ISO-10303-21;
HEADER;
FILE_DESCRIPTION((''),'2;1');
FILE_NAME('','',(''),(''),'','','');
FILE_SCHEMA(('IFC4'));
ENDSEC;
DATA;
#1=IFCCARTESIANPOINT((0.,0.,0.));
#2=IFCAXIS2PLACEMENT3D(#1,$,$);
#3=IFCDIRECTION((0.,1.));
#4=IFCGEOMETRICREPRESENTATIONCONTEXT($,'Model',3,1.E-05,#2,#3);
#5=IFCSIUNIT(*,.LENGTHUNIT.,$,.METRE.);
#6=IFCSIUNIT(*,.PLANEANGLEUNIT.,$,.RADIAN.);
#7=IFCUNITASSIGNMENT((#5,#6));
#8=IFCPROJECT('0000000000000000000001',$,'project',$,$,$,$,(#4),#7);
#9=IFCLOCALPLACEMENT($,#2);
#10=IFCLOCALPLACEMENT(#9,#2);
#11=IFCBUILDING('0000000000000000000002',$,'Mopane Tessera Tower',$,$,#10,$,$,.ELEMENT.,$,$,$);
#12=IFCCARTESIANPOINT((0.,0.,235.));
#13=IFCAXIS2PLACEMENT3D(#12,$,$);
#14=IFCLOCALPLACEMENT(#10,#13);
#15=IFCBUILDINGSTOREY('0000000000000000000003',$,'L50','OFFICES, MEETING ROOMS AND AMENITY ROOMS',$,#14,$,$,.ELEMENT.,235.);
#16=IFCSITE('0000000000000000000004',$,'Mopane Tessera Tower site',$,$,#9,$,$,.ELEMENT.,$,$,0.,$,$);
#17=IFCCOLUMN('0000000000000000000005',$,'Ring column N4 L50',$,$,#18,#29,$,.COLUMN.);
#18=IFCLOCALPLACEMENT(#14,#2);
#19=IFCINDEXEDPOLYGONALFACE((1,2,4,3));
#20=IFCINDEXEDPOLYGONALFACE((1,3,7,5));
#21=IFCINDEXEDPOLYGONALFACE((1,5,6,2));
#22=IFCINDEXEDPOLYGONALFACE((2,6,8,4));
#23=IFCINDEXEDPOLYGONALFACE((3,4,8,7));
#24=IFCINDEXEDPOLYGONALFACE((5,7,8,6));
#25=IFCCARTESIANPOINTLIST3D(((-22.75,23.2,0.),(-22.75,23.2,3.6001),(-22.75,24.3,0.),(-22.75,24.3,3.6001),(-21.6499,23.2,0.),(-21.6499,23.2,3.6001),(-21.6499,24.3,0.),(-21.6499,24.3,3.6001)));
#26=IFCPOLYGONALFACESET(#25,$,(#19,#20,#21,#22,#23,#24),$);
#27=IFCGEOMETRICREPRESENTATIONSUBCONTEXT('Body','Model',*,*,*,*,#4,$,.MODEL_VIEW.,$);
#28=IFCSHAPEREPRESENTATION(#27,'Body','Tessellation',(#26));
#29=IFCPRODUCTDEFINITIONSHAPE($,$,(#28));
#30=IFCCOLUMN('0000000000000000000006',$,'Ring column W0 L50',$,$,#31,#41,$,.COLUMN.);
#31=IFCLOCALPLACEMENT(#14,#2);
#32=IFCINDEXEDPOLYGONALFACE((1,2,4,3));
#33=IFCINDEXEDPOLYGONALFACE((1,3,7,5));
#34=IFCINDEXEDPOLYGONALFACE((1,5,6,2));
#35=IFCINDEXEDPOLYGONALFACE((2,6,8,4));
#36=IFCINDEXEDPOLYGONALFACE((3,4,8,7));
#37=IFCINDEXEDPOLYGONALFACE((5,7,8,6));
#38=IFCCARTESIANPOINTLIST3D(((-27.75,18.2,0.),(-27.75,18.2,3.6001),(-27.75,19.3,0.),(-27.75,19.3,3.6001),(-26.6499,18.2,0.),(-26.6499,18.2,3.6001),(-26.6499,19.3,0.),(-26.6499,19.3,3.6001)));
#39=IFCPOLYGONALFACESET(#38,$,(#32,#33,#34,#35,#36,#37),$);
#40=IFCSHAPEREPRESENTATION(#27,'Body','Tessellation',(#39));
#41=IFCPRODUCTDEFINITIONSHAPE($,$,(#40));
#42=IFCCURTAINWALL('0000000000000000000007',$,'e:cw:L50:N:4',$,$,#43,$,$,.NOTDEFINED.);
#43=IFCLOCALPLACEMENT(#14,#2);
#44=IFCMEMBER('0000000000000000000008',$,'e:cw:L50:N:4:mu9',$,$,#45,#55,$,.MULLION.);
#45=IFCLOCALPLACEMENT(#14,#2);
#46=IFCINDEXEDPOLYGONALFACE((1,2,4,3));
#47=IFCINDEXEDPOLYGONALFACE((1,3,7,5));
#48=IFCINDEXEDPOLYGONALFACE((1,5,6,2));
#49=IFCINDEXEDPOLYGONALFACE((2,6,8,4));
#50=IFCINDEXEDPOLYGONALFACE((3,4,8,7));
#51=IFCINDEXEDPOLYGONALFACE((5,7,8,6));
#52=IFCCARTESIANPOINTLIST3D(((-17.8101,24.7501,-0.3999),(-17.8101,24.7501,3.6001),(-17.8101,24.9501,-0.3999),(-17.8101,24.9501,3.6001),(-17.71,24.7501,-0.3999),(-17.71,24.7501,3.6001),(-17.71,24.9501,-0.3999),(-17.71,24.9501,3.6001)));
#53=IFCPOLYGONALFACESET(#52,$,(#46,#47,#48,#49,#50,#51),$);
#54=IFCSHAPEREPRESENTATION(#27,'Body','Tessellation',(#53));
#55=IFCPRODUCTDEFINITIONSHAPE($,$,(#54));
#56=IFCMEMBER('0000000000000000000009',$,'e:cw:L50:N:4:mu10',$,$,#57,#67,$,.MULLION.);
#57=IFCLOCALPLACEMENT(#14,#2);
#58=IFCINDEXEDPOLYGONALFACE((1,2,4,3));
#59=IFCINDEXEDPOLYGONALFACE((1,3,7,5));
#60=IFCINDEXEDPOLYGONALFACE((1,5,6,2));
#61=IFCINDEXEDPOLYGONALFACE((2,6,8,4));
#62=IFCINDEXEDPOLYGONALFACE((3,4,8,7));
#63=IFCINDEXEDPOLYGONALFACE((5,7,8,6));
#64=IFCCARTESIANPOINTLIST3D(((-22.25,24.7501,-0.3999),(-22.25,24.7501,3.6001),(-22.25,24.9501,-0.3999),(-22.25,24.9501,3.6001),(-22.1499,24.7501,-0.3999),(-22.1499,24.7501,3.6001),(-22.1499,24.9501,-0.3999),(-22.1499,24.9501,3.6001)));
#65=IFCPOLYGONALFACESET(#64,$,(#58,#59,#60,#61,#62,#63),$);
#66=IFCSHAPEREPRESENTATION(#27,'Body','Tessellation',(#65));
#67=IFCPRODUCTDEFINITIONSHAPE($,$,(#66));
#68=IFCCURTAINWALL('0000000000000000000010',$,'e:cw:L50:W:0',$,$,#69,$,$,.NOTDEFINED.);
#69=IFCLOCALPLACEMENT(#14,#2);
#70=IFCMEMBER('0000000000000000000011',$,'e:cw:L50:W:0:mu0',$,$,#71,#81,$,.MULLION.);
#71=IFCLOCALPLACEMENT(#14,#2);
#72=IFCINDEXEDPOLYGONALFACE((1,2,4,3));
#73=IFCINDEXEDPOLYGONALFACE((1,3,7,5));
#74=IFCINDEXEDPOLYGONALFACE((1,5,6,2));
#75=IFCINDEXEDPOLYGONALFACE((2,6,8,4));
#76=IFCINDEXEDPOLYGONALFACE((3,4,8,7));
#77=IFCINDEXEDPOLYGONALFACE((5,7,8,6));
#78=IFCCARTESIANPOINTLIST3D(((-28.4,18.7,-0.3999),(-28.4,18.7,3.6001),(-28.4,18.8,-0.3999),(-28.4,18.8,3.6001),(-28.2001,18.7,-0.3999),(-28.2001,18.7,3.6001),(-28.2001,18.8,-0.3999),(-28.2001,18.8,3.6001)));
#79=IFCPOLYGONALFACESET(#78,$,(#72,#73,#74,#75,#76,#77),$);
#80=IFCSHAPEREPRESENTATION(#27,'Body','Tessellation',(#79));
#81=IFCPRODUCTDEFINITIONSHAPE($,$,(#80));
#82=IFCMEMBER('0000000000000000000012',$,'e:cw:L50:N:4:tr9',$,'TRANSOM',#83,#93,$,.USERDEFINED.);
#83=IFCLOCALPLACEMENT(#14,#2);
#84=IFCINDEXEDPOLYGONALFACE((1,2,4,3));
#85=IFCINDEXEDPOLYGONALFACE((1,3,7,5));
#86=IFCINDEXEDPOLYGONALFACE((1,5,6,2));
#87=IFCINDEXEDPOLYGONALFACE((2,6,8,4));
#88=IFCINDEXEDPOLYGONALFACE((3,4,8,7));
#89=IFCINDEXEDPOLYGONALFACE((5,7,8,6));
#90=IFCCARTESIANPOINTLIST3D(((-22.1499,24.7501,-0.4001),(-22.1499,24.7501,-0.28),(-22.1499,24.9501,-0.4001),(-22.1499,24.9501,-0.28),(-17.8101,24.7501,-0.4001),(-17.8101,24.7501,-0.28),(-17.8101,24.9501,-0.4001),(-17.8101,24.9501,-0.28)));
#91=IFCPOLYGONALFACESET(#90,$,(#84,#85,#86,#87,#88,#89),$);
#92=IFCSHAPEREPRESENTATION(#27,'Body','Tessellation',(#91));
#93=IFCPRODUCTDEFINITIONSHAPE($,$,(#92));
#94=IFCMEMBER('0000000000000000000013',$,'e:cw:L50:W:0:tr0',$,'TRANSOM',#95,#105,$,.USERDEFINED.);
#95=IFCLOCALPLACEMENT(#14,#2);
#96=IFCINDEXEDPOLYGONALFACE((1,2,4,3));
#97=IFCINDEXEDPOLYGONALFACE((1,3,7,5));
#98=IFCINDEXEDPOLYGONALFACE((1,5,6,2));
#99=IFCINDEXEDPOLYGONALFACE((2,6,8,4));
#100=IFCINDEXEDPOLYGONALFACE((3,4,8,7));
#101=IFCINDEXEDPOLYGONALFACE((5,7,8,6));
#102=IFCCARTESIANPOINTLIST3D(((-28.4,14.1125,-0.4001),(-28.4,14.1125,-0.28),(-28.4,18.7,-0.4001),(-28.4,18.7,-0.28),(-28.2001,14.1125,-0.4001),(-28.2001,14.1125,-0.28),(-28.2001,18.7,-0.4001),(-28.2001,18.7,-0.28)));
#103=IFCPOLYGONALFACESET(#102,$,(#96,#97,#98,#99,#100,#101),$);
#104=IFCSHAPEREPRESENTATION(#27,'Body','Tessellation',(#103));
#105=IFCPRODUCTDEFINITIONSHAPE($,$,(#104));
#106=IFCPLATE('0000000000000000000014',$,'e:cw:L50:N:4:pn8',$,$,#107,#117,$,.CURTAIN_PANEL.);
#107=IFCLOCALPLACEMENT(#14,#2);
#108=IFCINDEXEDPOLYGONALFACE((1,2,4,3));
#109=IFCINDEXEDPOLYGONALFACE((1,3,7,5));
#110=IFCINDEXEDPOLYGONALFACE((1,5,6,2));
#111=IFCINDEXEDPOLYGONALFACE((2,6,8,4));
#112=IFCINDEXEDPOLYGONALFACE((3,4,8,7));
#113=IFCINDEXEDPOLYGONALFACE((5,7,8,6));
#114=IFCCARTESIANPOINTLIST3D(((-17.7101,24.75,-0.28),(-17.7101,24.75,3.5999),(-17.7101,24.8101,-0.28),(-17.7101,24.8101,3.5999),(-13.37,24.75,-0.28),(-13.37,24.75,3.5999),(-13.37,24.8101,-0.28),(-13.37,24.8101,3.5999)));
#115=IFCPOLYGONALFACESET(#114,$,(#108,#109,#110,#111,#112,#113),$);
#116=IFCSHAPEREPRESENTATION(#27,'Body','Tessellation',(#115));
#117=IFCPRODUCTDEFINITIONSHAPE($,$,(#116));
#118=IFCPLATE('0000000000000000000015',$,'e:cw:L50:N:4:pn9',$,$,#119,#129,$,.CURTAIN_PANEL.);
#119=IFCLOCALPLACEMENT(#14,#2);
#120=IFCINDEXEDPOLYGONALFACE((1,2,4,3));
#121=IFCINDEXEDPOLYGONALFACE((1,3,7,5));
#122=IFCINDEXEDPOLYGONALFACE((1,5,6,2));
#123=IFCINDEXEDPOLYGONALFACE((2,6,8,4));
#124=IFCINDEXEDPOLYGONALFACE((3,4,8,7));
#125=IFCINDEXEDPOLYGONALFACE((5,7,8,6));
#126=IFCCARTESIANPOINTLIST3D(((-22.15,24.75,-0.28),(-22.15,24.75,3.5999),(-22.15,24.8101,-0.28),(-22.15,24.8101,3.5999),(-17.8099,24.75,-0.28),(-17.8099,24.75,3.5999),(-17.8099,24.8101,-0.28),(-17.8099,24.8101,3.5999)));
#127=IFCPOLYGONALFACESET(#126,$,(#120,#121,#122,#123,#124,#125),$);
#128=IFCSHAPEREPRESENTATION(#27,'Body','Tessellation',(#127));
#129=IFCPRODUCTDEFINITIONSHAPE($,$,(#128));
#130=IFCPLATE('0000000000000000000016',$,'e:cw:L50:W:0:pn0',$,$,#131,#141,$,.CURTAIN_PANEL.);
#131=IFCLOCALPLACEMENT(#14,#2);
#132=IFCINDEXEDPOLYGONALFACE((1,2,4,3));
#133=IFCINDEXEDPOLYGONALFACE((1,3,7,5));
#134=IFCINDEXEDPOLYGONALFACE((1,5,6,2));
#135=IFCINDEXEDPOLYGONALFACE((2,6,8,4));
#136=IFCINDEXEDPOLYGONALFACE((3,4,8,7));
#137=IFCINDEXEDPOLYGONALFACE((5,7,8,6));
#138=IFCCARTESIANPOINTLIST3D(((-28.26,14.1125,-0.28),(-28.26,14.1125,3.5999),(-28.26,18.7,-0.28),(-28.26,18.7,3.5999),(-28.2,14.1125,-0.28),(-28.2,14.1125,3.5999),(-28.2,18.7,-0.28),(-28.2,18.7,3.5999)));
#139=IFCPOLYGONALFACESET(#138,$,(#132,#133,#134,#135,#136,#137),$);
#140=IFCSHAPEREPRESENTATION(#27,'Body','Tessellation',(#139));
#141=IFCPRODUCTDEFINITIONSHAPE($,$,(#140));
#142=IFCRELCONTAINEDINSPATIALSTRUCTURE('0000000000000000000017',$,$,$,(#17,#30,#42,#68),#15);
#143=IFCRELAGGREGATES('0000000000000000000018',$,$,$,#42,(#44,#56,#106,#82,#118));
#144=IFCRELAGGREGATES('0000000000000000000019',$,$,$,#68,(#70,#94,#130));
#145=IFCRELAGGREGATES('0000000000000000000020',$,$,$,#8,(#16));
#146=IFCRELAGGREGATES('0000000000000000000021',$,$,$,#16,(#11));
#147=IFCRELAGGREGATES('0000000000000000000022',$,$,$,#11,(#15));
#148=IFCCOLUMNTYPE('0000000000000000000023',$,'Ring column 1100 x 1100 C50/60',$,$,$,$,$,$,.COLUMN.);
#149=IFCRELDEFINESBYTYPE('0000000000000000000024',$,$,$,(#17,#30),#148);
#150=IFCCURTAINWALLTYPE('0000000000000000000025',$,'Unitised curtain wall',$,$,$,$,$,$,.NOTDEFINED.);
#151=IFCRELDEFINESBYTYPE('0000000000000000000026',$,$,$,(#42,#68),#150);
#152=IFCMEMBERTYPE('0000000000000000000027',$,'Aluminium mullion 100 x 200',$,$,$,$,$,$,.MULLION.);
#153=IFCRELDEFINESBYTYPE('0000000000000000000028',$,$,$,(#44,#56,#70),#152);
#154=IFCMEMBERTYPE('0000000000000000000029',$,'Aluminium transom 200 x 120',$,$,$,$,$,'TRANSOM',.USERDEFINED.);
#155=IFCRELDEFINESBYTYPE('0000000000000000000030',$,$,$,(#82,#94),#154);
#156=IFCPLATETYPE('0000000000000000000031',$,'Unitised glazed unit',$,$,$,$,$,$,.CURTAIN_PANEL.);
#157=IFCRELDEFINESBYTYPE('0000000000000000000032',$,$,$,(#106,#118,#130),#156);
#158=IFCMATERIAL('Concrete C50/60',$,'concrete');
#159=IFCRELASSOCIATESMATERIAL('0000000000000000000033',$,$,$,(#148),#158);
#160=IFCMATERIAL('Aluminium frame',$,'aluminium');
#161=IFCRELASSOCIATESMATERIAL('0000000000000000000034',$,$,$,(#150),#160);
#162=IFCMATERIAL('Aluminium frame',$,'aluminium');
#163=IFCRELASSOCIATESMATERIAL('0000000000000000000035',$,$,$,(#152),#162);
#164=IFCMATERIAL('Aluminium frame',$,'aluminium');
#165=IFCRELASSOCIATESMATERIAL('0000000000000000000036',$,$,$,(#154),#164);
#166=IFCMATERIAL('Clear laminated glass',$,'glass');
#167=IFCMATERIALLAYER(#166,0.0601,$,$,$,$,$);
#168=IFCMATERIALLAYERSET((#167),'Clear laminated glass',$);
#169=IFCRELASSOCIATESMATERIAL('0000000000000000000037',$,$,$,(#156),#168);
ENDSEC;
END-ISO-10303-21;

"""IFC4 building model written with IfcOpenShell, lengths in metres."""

from ifc_helpers import new_model, si_unit, direction, frame, origin, origin_2d, place, context, subcontext, project, spatial, rectangle, extrude, material, layer, layer_set, material_profile, profile_set, type_object, element, aggregate, save


model = new_model("IFC4")

# Units and contexts
model_context = context("Model", 3, precision=1e-05, world=origin(), true_north=direction((0.0, 1.0)))
body_context = subcontext(model_context, "Body", "Model", "MODEL_VIEW")
ifc_project = project(units=[si_unit("LENGTHUNIT", "METRE"), si_unit("PLANEANGLEUNIT", "RADIAN")], contexts=[model_context])

# Site, building, storey
site_placement = place(None, origin())
site = spatial("IfcSite", under=ifc_project, at=site_placement, Name="Mopane Tessera Tower site", CompositionType="ELEMENT", RefElevation=0.0)
building_placement = place(site_placement, origin())
building = spatial("IfcBuilding", under=site, at=building_placement, Name="Mopane Tessera Tower", CompositionType="ELEMENT")
storey_placement = place(building_placement, frame((0.0, 0.0, 235.0)))
storey = spatial("IfcBuildingStorey", under=building, at=storey_placement, Name="L50", Description="OFFICES, MEETING ROOMS AND AMENITY ROOMS", CompositionType="ELEMENT", Elevation=235.0)

# Columns
ifc_material_1 = material(Name="Concrete C50/60", Category="concrete")
ifc_material_profile_1 = material_profile(ifc_material_1, rectangle(XDim=1.1001, YDim=1.1001, at=origin_2d()))
ifc_profile_set_1 = profile_set([ifc_material_profile_1], Name="Concrete C50/60")
column_type = type_object("IfcColumnType", Name="Ring column 1100 x 1100 C50/60", PredefinedType="COLUMN", material=ifc_profile_set_1)
for number, where, z_axis, x_axis, name in (
    (1, (-22.2, 23.75, 0.0), (0.0, 0.0, 1.0), (1.0, 0.0, 0.0), "Ring column N4 L50"),
    (2, (-27.2, 18.75, 0.0), (0.0, 0.0, 1.0), (1.0, 0.0, 0.0), "Ring column W0 L50"),
):
    element("IfcColumn", number, at=place(storey_placement, frame(where, z_axis=z_axis, x_axis=x_axis)), inside=storey, type_object=column_type, Name=name, PredefinedType="COLUMN", context=body_context, shape_type="SweptSolid", body=[
        extrude(rectangle(XDim=1.1001, YDim=1.1001, at=origin_2d()), origin(), (0.0, 0.0, 1.0), 3.6001),
    ])

# Curtain wall, members
ifc_material_2 = material(Name="Aluminium frame", Category="aluminium")
curtain_wall_type = type_object("IfcCurtainWallType", Name="Unitised curtain wall", PredefinedType="NOTDEFINED", material=ifc_material_2)
curtain_wall_1_placement = place(storey_placement, origin())
curtain_wall_1 = element("IfcCurtainWall", 3, at=curtain_wall_1_placement, inside=storey, type_object=curtain_wall_type, Name="e:cw:L50:N:4", PredefinedType="NOTDEFINED")
ifc_material_3 = material(Name="Aluminium frame", Category="aluminium")
ifc_material_profile_2 = material_profile(ifc_material_3, rectangle(XDim=0.1001, YDim=0.2, at=origin_2d()))
ifc_profile_set_2 = profile_set([ifc_material_profile_2], Name="Aluminium frame")
member_type_1 = type_object("IfcMemberType", Name="Aluminium mullion 100 x 200", PredefinedType="MULLION", material=ifc_profile_set_2)
member_1_placement = place(storey_placement, frame((-17.76, 24.8501, -0.3999), z_axis=(0.0, 0.0, 1.0), x_axis=(-1.0, 0.0, 0.0)))
member_1 = element("IfcMember", 4, at=member_1_placement, type_object=member_type_1, Name="e:cw:L50:N:4:mu9", PredefinedType="MULLION", context=body_context, shape_type="SweptSolid", body=[
    extrude(rectangle(XDim=0.1001, YDim=0.2, at=origin_2d()), origin(), (0.0, 0.0, 1.0), 4.0),
])
member_2_placement = place(storey_placement, frame((-22.2, 24.8501, -0.3999), z_axis=(0.0, 0.0, 1.0), x_axis=(-1.0, 0.0, 0.0)))
member_2 = element("IfcMember", 5, at=member_2_placement, type_object=member_type_1, Name="e:cw:L50:N:4:mu10", PredefinedType="MULLION", context=body_context, shape_type="SweptSolid", body=[
    extrude(rectangle(XDim=0.1001, YDim=0.2, at=origin_2d()), origin(), (0.0, 0.0, 1.0), 4.0),
])

# Curtain wall, member
curtain_wall_2_placement = place(storey_placement, origin())
curtain_wall_2 = element("IfcCurtainWall", 6, at=curtain_wall_2_placement, inside=storey, type_object=curtain_wall_type, Name="e:cw:L50:W:0", PredefinedType="NOTDEFINED")
member_3_placement = place(storey_placement, frame((-28.3, 18.75, -0.3999), z_axis=(0.0, 0.0, 1.0), x_axis=(0.0, -1.0, 0.0)))
member_3 = element("IfcMember", 7, at=member_3_placement, type_object=member_type_1, Name="e:cw:L50:W:0:mu0", PredefinedType="MULLION", context=body_context, shape_type="SweptSolid", body=[
    extrude(rectangle(XDim=0.1001, YDim=0.2, at=origin_2d()), origin(), (0.0, 0.0, 1.0), 4.0),
])

# Members
ifc_material_4 = material(Name="Aluminium frame", Category="aluminium")
ifc_material_profile_3 = material_profile(ifc_material_4, rectangle(XDim=0.2, YDim=0.1201, at=origin_2d()))
ifc_profile_set_3 = profile_set([ifc_material_profile_3], Name="Aluminium frame")
member_type_2 = type_object("IfcMemberType", Name="Aluminium transom 200 x 120", ElementType="TRANSOM", PredefinedType="USERDEFINED", material=ifc_profile_set_3)
member_4_placement = place(storey_placement, frame((-17.8101, 24.8501, -0.3401), z_axis=(-1.0, 0.0, 0.0), x_axis=(0.0, -1.0, 0.0)))
member_4 = element("IfcMember", 8, at=member_4_placement, type_object=member_type_2, Name="e:cw:L50:N:4:tr9", ObjectType="TRANSOM", PredefinedType="USERDEFINED", context=body_context, shape_type="SweptSolid", body=[
    extrude(rectangle(XDim=0.2, YDim=0.1201, at=origin_2d()), origin(), (0.0, 0.0, 1.0), 4.3398),
])
member_5_placement = place(storey_placement, frame((-28.3, 18.7, -0.3401), z_axis=(0.0, -1.0, 0.0), x_axis=(1.0, 0.0, 0.0)))
member_5 = element("IfcMember", 9, at=member_5_placement, type_object=member_type_2, Name="e:cw:L50:W:0:tr0", ObjectType="TRANSOM", PredefinedType="USERDEFINED", context=body_context, shape_type="SweptSolid", body=[
    extrude(rectangle(XDim=0.2, YDim=0.1201, at=origin_2d()), origin(), (0.0, 0.0, 1.0), 4.5874),
])

# Plates
ifc_material_5 = material(Name="Clear laminated glass", Category="glass")
ifc_layer_1 = layer(ifc_material_5, 0.0601)
ifc_layer_set_1 = layer_set([ifc_layer_1], Name="Clear laminated glass")
plate_type = type_object("IfcPlateType", Name="Unitised glazed unit", PredefinedType="CURTAIN_PANEL", material=ifc_layer_set_1)
plate_1_placement = place(storey_placement, frame((-15.54, 24.78, -0.28), z_axis=(0.0, 0.0, 1.0), x_axis=(-1.0, 0.0, 0.0)))
plate_1 = element("IfcPlate", 10, at=plate_1_placement, type_object=plate_type, Name="e:cw:L50:N:4:pn8", PredefinedType="CURTAIN_PANEL", context=body_context, shape_type="SweptSolid", body=[
    extrude(rectangle(XDim=4.3401, YDim=0.0601, at=origin_2d()), origin(), (0.0, 0.0, 1.0), 3.8799),
])
plate_2_placement = place(storey_placement, frame((-19.98, 24.78, -0.28), z_axis=(0.0, 0.0, 1.0), x_axis=(-1.0, 0.0, 0.0)))
plate_2 = element("IfcPlate", 11, at=plate_2_placement, type_object=plate_type, Name="e:cw:L50:N:4:pn9", PredefinedType="CURTAIN_PANEL", context=body_context, shape_type="SweptSolid", body=[
    extrude(rectangle(XDim=4.3401, YDim=0.0601, at=origin_2d()), origin(), (0.0, 0.0, 1.0), 3.8799),
])
aggregate(curtain_wall_1, [member_1, member_2, plate_1, member_4, plate_2])
plate_3_placement = place(storey_placement, frame((-28.23, 16.4062, -0.28), z_axis=(0.0, 0.0, 1.0), x_axis=(0.0, -1.0, 0.0)))
plate_3 = element("IfcPlate", 12, at=plate_3_placement, type_object=plate_type, Name="e:cw:L50:W:0:pn0", PredefinedType="CURTAIN_PANEL", context=body_context, shape_type="SweptSolid", body=[
    extrude(rectangle(XDim=4.5874, YDim=0.0601, at=origin_2d()), origin(), (0.0, 0.0, 1.0), 3.8799),
])
aggregate(curtain_wall_2, [member_3, member_5, plate_3])

save(model, "model.ifc")
